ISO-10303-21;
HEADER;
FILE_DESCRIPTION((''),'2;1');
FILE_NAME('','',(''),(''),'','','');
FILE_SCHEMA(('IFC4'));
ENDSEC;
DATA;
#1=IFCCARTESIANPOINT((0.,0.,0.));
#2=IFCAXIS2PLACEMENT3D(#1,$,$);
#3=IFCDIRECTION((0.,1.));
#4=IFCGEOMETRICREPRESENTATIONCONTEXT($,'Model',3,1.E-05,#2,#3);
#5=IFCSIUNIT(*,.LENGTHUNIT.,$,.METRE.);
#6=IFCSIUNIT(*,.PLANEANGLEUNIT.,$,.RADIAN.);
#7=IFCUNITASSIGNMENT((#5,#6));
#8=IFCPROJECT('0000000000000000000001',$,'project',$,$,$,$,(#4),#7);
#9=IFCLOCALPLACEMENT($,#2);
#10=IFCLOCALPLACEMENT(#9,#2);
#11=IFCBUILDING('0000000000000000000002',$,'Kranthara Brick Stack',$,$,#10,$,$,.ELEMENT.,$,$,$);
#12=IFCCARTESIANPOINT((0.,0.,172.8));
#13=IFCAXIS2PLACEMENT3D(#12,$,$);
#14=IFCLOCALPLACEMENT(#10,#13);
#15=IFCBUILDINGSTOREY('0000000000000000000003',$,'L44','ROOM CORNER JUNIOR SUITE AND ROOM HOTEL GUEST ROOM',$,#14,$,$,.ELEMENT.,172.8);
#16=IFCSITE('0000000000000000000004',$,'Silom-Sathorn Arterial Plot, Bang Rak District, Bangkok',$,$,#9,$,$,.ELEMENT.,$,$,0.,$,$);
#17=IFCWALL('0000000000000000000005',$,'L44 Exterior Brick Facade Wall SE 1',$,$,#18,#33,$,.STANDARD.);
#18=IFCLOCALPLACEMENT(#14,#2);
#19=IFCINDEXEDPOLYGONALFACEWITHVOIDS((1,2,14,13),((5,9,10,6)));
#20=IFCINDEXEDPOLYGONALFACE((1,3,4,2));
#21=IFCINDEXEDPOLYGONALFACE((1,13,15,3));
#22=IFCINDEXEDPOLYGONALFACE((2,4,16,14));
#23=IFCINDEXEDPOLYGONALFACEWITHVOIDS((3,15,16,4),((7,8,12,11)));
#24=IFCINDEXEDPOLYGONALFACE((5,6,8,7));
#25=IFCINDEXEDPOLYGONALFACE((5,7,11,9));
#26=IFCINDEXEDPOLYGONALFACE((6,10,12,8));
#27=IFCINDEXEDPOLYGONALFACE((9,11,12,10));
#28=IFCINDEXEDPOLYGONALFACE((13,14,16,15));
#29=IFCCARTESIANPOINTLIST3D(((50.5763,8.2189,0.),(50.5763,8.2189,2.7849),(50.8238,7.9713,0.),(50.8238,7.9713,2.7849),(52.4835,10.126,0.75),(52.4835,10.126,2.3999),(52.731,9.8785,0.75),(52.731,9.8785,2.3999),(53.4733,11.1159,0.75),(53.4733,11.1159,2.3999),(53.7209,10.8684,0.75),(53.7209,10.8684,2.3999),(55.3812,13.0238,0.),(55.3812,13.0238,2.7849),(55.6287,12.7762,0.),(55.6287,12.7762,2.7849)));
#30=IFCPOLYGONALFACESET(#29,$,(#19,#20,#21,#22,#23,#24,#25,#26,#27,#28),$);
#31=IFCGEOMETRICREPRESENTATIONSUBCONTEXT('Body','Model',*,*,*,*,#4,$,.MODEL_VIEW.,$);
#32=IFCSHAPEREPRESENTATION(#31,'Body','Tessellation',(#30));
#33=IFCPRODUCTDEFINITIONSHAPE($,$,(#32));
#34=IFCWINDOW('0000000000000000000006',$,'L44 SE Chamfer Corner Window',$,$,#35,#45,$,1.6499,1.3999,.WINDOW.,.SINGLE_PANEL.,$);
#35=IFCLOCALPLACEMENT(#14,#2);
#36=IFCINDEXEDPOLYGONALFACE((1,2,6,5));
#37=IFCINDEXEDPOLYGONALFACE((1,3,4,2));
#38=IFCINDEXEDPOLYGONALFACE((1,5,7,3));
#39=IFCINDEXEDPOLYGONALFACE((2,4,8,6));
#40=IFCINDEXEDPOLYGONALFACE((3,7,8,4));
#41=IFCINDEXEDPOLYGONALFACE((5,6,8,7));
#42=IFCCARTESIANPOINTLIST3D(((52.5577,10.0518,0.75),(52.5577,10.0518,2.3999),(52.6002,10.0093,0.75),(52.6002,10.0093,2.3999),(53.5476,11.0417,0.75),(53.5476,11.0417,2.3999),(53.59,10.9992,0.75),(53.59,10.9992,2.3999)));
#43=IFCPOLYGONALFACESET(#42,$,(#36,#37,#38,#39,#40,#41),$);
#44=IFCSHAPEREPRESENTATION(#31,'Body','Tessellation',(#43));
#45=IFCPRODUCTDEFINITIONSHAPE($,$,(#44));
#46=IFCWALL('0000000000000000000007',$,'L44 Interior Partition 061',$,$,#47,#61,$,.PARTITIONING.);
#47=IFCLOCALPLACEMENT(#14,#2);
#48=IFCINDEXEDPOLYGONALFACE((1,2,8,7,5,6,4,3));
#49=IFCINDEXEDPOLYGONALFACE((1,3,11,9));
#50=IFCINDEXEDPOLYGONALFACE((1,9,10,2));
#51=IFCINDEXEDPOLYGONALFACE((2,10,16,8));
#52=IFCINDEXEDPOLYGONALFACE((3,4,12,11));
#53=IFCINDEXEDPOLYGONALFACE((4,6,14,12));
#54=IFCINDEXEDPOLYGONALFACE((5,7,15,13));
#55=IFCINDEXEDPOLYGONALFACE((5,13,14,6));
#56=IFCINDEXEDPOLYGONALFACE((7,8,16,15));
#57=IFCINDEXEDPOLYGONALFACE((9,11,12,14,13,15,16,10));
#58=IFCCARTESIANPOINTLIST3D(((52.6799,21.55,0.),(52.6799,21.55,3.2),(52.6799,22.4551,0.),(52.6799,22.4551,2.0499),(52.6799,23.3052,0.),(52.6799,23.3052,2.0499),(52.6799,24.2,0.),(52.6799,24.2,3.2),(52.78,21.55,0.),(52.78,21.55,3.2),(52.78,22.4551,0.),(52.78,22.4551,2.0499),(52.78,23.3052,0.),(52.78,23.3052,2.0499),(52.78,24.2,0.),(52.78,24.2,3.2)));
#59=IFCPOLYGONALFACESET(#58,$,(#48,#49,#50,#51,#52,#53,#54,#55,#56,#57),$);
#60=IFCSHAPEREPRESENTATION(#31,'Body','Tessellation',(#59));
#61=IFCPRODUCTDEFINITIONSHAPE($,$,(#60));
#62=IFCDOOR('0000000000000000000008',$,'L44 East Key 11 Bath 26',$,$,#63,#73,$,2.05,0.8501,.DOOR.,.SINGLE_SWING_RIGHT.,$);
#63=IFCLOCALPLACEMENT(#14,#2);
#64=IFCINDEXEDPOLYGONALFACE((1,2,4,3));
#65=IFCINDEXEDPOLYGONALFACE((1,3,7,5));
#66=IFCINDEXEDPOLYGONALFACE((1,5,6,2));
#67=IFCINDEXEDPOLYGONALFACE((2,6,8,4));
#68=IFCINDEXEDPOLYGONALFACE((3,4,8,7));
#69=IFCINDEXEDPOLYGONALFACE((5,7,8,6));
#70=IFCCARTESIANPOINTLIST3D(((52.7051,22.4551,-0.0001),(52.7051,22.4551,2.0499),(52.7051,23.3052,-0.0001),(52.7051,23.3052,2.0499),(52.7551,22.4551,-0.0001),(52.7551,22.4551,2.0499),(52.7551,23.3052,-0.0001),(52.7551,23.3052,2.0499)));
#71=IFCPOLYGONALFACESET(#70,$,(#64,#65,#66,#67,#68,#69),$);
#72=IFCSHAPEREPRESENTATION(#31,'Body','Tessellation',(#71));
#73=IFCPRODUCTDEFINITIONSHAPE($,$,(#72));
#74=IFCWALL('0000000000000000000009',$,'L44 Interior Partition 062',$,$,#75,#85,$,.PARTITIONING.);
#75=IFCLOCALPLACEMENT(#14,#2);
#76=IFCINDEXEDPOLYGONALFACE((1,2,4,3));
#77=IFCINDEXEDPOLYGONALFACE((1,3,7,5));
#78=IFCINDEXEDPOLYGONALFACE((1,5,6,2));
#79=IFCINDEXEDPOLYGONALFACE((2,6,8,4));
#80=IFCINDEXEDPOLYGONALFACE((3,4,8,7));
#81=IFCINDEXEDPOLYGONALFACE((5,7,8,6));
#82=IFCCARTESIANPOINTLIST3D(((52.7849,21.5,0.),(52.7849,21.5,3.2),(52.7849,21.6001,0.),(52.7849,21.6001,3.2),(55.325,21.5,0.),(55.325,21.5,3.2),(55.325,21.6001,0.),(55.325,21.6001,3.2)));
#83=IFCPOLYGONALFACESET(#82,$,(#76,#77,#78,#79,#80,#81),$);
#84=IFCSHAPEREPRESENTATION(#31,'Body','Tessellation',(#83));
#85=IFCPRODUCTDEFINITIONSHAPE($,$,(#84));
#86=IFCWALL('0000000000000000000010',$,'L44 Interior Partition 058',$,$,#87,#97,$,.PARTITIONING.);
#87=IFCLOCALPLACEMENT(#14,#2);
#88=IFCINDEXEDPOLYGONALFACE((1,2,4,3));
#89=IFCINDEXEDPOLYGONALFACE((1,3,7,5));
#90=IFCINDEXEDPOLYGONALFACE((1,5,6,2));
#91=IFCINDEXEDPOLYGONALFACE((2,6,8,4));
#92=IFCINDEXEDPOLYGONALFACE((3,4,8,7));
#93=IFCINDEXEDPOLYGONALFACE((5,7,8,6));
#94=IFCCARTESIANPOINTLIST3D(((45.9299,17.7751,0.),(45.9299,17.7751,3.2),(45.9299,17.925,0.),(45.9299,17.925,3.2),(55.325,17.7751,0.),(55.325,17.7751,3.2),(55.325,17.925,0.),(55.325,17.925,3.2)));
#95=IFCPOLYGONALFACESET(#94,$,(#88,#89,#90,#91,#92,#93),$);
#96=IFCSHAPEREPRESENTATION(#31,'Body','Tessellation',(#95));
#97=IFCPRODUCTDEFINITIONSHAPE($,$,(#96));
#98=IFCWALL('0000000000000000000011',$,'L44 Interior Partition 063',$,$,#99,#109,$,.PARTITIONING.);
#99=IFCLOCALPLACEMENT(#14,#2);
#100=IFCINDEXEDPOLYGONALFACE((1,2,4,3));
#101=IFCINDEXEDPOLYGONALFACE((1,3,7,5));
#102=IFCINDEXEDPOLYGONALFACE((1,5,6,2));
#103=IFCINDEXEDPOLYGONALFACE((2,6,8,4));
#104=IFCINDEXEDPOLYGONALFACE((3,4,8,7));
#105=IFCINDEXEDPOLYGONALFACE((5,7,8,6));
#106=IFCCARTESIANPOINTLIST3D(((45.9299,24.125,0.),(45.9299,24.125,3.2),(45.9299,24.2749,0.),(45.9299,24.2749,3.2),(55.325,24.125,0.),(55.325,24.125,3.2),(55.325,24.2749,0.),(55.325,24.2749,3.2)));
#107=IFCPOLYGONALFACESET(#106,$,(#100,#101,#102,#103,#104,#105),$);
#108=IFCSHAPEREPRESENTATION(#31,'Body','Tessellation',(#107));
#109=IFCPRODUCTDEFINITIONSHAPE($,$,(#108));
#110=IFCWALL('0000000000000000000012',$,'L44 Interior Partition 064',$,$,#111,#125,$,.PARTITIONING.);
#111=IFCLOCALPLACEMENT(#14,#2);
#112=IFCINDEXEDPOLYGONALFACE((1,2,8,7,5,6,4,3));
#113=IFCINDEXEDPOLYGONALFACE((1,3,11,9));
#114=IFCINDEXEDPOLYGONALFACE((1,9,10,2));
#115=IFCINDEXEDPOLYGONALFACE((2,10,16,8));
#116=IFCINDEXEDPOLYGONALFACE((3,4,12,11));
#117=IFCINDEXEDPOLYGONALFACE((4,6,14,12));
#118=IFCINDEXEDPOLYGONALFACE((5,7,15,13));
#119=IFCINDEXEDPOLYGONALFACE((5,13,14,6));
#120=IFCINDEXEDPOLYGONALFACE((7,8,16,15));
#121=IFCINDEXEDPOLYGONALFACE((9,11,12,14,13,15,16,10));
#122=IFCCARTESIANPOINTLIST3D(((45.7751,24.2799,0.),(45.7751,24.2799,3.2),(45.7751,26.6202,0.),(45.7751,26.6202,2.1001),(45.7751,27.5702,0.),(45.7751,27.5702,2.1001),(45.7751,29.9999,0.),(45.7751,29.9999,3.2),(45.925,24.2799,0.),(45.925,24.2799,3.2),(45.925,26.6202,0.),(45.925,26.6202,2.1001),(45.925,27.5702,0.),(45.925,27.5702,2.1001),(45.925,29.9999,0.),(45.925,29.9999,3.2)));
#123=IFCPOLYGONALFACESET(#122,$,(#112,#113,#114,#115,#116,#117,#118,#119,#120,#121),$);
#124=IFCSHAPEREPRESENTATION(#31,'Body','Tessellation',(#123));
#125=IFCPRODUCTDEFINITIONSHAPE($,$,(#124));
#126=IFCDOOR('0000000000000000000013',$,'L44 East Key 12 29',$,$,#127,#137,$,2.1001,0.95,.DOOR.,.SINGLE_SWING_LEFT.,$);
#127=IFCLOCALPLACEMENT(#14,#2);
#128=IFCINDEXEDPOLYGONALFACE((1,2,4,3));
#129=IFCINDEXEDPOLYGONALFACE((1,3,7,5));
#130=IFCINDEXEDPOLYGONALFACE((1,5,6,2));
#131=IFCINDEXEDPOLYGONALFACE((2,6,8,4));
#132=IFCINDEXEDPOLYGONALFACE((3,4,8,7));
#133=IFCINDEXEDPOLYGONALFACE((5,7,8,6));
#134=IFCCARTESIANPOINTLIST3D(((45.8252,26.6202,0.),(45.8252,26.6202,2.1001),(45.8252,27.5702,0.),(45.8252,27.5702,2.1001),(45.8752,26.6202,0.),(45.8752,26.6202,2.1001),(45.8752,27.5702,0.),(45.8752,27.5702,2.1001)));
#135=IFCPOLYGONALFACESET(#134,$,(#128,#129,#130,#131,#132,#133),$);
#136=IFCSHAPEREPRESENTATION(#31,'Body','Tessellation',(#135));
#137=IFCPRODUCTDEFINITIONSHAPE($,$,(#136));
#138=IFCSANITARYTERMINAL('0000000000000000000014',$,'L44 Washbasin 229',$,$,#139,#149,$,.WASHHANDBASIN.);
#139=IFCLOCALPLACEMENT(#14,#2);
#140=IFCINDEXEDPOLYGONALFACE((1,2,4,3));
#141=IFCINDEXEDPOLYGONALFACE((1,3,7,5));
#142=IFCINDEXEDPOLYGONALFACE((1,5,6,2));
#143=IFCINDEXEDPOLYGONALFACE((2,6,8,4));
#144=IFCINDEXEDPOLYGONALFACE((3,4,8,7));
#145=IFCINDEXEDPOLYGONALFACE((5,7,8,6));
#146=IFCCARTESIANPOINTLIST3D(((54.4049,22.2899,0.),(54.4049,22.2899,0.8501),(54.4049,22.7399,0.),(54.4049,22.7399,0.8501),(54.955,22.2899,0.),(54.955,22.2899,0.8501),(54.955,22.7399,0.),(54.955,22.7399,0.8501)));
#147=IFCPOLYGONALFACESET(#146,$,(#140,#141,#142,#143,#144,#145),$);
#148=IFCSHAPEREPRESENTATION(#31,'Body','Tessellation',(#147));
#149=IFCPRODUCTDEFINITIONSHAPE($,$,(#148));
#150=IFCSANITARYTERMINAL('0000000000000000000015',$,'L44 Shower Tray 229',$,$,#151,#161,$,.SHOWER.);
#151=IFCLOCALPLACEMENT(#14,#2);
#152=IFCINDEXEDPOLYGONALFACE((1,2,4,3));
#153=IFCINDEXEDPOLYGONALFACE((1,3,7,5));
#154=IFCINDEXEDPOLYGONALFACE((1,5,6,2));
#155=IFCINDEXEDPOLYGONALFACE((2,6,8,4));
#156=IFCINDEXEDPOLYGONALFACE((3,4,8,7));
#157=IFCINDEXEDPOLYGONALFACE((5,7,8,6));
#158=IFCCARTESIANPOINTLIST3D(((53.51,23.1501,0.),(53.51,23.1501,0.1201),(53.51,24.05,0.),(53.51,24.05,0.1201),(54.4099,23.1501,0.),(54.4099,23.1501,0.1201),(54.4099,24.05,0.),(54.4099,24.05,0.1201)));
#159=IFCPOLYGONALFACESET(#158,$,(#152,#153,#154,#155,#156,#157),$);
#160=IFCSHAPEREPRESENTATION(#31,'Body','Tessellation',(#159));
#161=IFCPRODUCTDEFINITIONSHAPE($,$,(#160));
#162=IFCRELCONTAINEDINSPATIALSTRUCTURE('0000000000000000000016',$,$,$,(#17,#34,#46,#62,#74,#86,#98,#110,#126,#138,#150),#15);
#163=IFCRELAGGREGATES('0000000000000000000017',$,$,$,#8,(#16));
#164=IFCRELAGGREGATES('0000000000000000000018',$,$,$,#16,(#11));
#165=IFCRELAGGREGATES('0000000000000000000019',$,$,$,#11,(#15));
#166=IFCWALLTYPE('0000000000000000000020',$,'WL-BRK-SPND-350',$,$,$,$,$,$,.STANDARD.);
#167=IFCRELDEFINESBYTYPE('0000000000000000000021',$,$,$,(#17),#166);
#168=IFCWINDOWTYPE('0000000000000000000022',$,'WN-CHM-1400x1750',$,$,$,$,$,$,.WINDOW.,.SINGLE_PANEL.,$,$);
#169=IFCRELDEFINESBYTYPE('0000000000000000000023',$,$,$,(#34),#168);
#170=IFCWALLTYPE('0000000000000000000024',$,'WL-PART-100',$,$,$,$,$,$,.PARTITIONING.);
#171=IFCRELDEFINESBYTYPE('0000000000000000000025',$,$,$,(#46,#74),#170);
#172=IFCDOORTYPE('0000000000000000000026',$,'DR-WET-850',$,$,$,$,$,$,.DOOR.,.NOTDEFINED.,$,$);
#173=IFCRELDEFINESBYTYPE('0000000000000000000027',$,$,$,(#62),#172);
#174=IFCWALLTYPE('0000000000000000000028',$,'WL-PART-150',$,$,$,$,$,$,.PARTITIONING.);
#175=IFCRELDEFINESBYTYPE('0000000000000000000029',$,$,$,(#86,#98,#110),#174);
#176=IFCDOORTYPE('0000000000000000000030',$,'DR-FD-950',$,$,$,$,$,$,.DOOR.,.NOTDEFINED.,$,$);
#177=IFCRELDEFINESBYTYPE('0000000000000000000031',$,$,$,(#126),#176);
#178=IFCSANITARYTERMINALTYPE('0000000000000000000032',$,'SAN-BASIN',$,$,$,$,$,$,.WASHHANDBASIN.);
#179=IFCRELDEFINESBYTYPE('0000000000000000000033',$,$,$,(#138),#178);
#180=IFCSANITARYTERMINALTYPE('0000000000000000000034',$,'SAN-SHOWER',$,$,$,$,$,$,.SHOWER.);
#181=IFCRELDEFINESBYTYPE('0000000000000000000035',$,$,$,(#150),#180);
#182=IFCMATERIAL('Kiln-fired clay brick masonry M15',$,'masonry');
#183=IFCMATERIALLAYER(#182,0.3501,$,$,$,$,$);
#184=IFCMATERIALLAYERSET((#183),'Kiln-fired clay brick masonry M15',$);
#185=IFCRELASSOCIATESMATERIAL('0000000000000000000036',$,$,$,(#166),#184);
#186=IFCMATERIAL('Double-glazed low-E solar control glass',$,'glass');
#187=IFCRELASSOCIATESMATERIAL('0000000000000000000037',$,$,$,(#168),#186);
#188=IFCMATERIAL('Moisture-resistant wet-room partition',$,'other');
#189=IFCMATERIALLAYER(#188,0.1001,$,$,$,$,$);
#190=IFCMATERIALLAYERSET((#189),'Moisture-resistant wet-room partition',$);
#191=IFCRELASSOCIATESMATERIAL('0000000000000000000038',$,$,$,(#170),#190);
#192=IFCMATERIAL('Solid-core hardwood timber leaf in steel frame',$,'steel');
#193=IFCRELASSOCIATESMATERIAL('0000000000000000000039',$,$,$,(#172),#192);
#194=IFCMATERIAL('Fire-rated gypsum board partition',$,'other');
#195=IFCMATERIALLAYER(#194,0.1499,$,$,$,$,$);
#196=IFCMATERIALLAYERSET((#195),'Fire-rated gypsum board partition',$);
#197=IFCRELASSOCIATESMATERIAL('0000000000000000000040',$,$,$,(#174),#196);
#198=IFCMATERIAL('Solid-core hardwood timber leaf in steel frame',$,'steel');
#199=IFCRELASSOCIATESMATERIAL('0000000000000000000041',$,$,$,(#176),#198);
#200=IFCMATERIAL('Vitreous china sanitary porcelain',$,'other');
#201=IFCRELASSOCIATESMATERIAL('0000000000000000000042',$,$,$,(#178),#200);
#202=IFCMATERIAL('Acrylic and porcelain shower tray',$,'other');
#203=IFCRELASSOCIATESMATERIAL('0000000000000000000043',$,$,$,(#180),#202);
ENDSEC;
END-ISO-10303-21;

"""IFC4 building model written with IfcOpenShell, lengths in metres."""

from ifc_helpers import new_model, si_unit, direction, frame, frame_2d, origin, origin_2d, place, context, subcontext, project, spatial, rectangle, extrude, material, layer, layer_set, type_object, element, fill, save


model = new_model("IFC4")

# Units and contexts
model_context = context("Model", 3, precision=1e-05, world=origin(), true_north=direction((0.0, 1.0)))
body_context = subcontext(model_context, "Body", "Model", "MODEL_VIEW")
ifc_project = project(units=[si_unit("LENGTHUNIT", "METRE"), si_unit("PLANEANGLEUNIT", "RADIAN")], contexts=[model_context])

# Site, building, storey
site_placement = place(None, origin())
site = spatial("IfcSite", under=ifc_project, at=site_placement, Name="Silom-Sathorn Arterial Plot, Bang Rak District, Bangkok", CompositionType="ELEMENT", RefElevation=0.0)
building_placement = place(site_placement, origin())
building = spatial("IfcBuilding", under=site, at=building_placement, Name="Kranthara Brick Stack", CompositionType="ELEMENT")
storey_placement = place(building_placement, frame((0.0, 0.0, 172.8)))
storey = spatial("IfcBuildingStorey", under=building, at=storey_placement, Name="L44", Description="ROOM CORNER JUNIOR SUITE AND ROOM HOTEL GUEST ROOM", CompositionType="ELEMENT", Elevation=172.8)

# Shared definitions
ifc_material_1 = material(Name="Kiln-fired clay brick masonry M15", Category="masonry")
ifc_layer_1 = layer(ifc_material_1, 0.3501)
ifc_layer_set_1 = layer_set([ifc_layer_1], Name="Kiln-fired clay brick masonry M15")
wall_type_1 = type_object("IfcWallType", Name="WL-BRK-SPND-350", PredefinedType="STANDARD", material=ifc_layer_set_1)

# Wall, opening, window
wall_1_placement = place(storey_placement, frame((55.5049, 12.8999, 0.0), z_axis=(0.0, 0.0, 1.0), x_axis=(-0.707107, -0.707107, 0.0)))
wall_1 = element("IfcWall", 1, at=wall_1_placement, inside=storey, type_object=wall_type_1, Name="L44 Exterior Brick Facade Wall SE 1", PredefinedType="STANDARD", context=body_context, shape_type="SweptSolid", body=[
    extrude(rectangle(XDim=6.7952, YDim=0.3501, at=frame_2d((3.3975, 0.0))), origin(), (0.0, 0.0, 1.0), 2.7849),
])
opening_1_placement = place(wall_1_placement, frame((2.698, 0.0, 0.75)))
opening_1 = element("IfcOpeningElement", 2, at=opening_1_placement, cuts=wall_1, PredefinedType="OPENING", context=body_context, shape_type="SweptSolid", body=[
    extrude(rectangle(XDim=1.3999, YDim=1.6499, at=frame_2d((0.7, 0.825))), frame((0.0, 0.1851, 0.0), z_axis=(0.0, -1.0, 0.0), x_axis=(1.0, 0.0, 0.0)), (0.0, 0.0, 1.0), 0.3701),
])
ifc_material_2 = material(Name="Double-glazed low-E solar control glass", Category="glass")
window_type_1 = type_object("IfcWindowType", Name="WN-CHM-1400x1750", PartitioningType="SINGLE_PANEL", PredefinedType="WINDOW", material=ifc_material_2)
window_1_placement = place(opening_1_placement, origin())
window_1 = element("IfcWindow", 3, at=window_1_placement, inside=storey, type_object=window_type_1, Name="L44 SE Chamfer Corner Window", OverallHeight=1.6499, OverallWidth=1.3999, PartitioningType="SINGLE_PANEL", PredefinedType="WINDOW", context=body_context, shape_type="SweptSolid", body=[
    extrude(rectangle(XDim=1.3999, YDim=1.6499, at=frame_2d((0.7, 0.825))), frame((0.0, -0.01, 0.0), z_axis=(0.0, -1.0, 0.0), x_axis=(1.0, 0.0, 0.0)), (0.0, 0.0, 1.0), 0.0601),
])
fill(opening_1, window_1)

# Wall, opening, door
ifc_material_3 = material(Name="Moisture-resistant wet-room partition", Category="other")
ifc_layer_2 = layer(ifc_material_3, 0.1001)
ifc_layer_set_2 = layer_set([ifc_layer_2], Name="Moisture-resistant wet-room partition")
wall_type_2 = type_object("IfcWallType", Name="WL-PART-100", PredefinedType="PARTITIONING", material=ifc_layer_set_2)
wall_2_placement = place(storey_placement, frame((52.73, 21.55, 0.0), z_axis=(0.0, 0.0, 1.0), x_axis=(0.0, 1.0, 0.0)))
wall_2 = element("IfcWall", 4, at=wall_2_placement, inside=storey, type_object=wall_type_2, Name="L44 Interior Partition 061", PredefinedType="PARTITIONING", context=body_context, shape_type="SweptSolid", body=[
    extrude(rectangle(XDim=2.6499, YDim=0.1001, at=frame_2d((1.325, 0.0))), origin(), (0.0, 0.0, 1.0), 3.2),
])
opening_2_placement = place(wall_2_placement, frame((0.905, 0.0, 0.0)))
opening_2 = element("IfcOpeningElement", 5, at=opening_2_placement, cuts=wall_2, PredefinedType="OPENING", context=body_context, shape_type="SweptSolid", body=[
    extrude(rectangle(XDim=0.8501, YDim=2.05, at=frame_2d((0.425, 1.0249))), frame((0.0, 0.0601, 0.0), z_axis=(0.0, -1.0, 0.0), x_axis=(1.0, 0.0, 0.0)), (0.0, 0.0, 1.0), 0.1201),
])
ifc_material_4 = material(Name="Solid-core hardwood timber leaf in steel frame", Category="steel")
door_type_1 = type_object("IfcDoorType", Name="DR-WET-850", OperationType="NOTDEFINED", PredefinedType="DOOR", material=ifc_material_4)
door_1_placement = place(opening_2_placement, origin())
door_1 = element("IfcDoor", 6, at=door_1_placement, inside=storey, type_object=door_type_1, Name="L44 East Key 11 Bath 26", OperationType="SINGLE_SWING_RIGHT", OverallHeight=2.05, OverallWidth=0.8501, PredefinedType="DOOR", context=body_context, shape_type="SweptSolid", body=[
    extrude(rectangle(XDim=0.8501, YDim=2.05, at=frame_2d((0.425, 1.0249))), frame((0.0, 0.0249, 0.0), z_axis=(0.0, -1.0, 0.0), x_axis=(1.0, 0.0, 0.0)), (0.0, 0.0, 1.0), 0.05),
])
fill(opening_2, door_1)

# Walls
wall_3_placement = place(storey_placement, frame((52.7849, 21.55, 0.0), z_axis=(0.0, 0.0, 1.0), x_axis=(1.0, 0.0, 0.0)))
element("IfcWall", 7, at=wall_3_placement, inside=storey, type_object=wall_type_2, Name="L44 Interior Partition 062", PredefinedType="PARTITIONING", context=body_context, shape_type="SweptSolid", body=[
    extrude(rectangle(XDim=2.54, YDim=0.1001, at=frame_2d((1.27, 0.0))), origin(), (0.0, 0.0, 1.0), 3.2),
])
ifc_material_5 = material(Name="Fire-rated gypsum board partition", Category="other")
ifc_layer_3 = layer(ifc_material_5, 0.1499)
ifc_layer_set_3 = layer_set([ifc_layer_3], Name="Fire-rated gypsum board partition")
wall_type_3 = type_object("IfcWallType", Name="WL-PART-150", PredefinedType="PARTITIONING", material=ifc_layer_set_3)
for number, where, z_axis, x_axis, name in (
    (8, (45.9299, 17.8501, 0.0), (0.0, 0.0, 1.0), (1.0, 0.0, 0.0), "L44 Interior Partition 058"),
    (9, (45.9299, 24.2, 0.0), (0.0, 0.0, 1.0), (1.0, 0.0, 0.0), "L44 Interior Partition 063"),
):
    element("IfcWall", number, at=place(storey_placement, frame(where, z_axis=z_axis, x_axis=x_axis)), inside=storey, type_object=wall_type_3, Name=name, PredefinedType="PARTITIONING", context=body_context, shape_type="SweptSolid", body=[
        extrude(rectangle(XDim=9.395, YDim=0.1499, at=frame_2d((4.6975, 0.0))), origin(), (0.0, 0.0, 1.0), 3.2),
    ])

# Wall, opening, door
wall_4_placement = place(storey_placement, frame((45.8501, 24.28, 0.0), z_axis=(0.0, 0.0, 1.0), x_axis=(0.0, 1.0, 0.0)))
wall_4 = element("IfcWall", 10, at=wall_4_placement, inside=storey, type_object=wall_type_3, Name="L44 Interior Partition 064", PredefinedType="PARTITIONING", context=body_context, shape_type="SweptSolid", body=[
    extrude(rectangle(XDim=5.72, YDim=0.1499, at=frame_2d((2.8599, 0.0))), origin(), (0.0, 0.0, 1.0), 3.2),
])
opening_3_placement = place(wall_4_placement, frame((2.3401, 0.0, 0.0)))
opening_3 = element("IfcOpeningElement", 11, at=opening_3_placement, cuts=wall_4, PredefinedType="OPENING", context=body_context, shape_type="SweptSolid", body=[
    extrude(rectangle(XDim=0.95, YDim=2.1001, at=frame_2d((0.4751, 1.05))), frame((0.0, 0.085, 0.0), z_axis=(0.0, -1.0, 0.0), x_axis=(1.0, 0.0, 0.0)), (0.0, 0.0, 1.0), 0.1699),
])
ifc_material_6 = material(Name="Solid-core hardwood timber leaf in steel frame", Category="steel")
door_type_2 = type_object("IfcDoorType", Name="DR-FD-950", OperationType="NOTDEFINED", PredefinedType="DOOR", material=ifc_material_6)
door_2_placement = place(opening_3_placement, origin())
door_2 = element("IfcDoor", 12, at=door_2_placement, inside=storey, type_object=door_type_2, Name="L44 East Key 12 29", OperationType="SINGLE_SWING_LEFT", OverallHeight=2.1001, OverallWidth=0.95, PredefinedType="DOOR", context=body_context, shape_type="SweptSolid", body=[
    extrude(rectangle(XDim=0.95, YDim=2.1001, at=frame_2d((0.4751, 1.05))), frame((0.0, 0.0249, 0.0), z_axis=(0.0, -1.0, 0.0), x_axis=(1.0, 0.0, 0.0)), (0.0, 0.0, 1.0), 0.05),
])
fill(opening_3, door_2)

# Sanitary terminals
ifc_material_7 = material(Name="Vitreous china sanitary porcelain", Category="other")
sanitary_terminal_type_1 = type_object("IfcSanitaryTerminalType", Name="SAN-BASIN", PredefinedType="WASHHANDBASIN", material=ifc_material_7)
sanitary_terminal_1_placement = place(storey_placement, frame((54.6799, 22.5149, 0.0), z_axis=(0.0, 0.0, 1.0), x_axis=(1.0, 0.0, 0.0)))
element("IfcSanitaryTerminal", 13, at=sanitary_terminal_1_placement, inside=storey, type_object=sanitary_terminal_type_1, Name="L44 Washbasin 229", PredefinedType="WASHHANDBASIN", context=body_context, shape_type="SweptSolid", body=[
    extrude(rectangle(XDim=0.55, YDim=0.45, at=origin_2d()), origin(), (0.0, 0.0, 1.0), 0.8501),
])
ifc_material_8 = material(Name="Acrylic and porcelain shower tray", Category="other")
sanitary_terminal_type_2 = type_object("IfcSanitaryTerminalType", Name="SAN-SHOWER", PredefinedType="SHOWER", material=ifc_material_8)
sanitary_terminal_2_placement = place(storey_placement, frame((53.96, 23.6001, 0.0), z_axis=(0.0, 0.0, 1.0), x_axis=(1.0, 0.0, 0.0)))
element("IfcSanitaryTerminal", 14, at=sanitary_terminal_2_placement, inside=storey, type_object=sanitary_terminal_type_2, Name="L44 Shower Tray 229", PredefinedType="SHOWER", context=body_context, shape_type="SweptSolid", body=[
    extrude(rectangle(XDim=0.8999, YDim=0.8999, at=origin_2d()), origin(), (0.0, 0.0, 1.0), 0.1201),
])

save(model, "model.ifc")
